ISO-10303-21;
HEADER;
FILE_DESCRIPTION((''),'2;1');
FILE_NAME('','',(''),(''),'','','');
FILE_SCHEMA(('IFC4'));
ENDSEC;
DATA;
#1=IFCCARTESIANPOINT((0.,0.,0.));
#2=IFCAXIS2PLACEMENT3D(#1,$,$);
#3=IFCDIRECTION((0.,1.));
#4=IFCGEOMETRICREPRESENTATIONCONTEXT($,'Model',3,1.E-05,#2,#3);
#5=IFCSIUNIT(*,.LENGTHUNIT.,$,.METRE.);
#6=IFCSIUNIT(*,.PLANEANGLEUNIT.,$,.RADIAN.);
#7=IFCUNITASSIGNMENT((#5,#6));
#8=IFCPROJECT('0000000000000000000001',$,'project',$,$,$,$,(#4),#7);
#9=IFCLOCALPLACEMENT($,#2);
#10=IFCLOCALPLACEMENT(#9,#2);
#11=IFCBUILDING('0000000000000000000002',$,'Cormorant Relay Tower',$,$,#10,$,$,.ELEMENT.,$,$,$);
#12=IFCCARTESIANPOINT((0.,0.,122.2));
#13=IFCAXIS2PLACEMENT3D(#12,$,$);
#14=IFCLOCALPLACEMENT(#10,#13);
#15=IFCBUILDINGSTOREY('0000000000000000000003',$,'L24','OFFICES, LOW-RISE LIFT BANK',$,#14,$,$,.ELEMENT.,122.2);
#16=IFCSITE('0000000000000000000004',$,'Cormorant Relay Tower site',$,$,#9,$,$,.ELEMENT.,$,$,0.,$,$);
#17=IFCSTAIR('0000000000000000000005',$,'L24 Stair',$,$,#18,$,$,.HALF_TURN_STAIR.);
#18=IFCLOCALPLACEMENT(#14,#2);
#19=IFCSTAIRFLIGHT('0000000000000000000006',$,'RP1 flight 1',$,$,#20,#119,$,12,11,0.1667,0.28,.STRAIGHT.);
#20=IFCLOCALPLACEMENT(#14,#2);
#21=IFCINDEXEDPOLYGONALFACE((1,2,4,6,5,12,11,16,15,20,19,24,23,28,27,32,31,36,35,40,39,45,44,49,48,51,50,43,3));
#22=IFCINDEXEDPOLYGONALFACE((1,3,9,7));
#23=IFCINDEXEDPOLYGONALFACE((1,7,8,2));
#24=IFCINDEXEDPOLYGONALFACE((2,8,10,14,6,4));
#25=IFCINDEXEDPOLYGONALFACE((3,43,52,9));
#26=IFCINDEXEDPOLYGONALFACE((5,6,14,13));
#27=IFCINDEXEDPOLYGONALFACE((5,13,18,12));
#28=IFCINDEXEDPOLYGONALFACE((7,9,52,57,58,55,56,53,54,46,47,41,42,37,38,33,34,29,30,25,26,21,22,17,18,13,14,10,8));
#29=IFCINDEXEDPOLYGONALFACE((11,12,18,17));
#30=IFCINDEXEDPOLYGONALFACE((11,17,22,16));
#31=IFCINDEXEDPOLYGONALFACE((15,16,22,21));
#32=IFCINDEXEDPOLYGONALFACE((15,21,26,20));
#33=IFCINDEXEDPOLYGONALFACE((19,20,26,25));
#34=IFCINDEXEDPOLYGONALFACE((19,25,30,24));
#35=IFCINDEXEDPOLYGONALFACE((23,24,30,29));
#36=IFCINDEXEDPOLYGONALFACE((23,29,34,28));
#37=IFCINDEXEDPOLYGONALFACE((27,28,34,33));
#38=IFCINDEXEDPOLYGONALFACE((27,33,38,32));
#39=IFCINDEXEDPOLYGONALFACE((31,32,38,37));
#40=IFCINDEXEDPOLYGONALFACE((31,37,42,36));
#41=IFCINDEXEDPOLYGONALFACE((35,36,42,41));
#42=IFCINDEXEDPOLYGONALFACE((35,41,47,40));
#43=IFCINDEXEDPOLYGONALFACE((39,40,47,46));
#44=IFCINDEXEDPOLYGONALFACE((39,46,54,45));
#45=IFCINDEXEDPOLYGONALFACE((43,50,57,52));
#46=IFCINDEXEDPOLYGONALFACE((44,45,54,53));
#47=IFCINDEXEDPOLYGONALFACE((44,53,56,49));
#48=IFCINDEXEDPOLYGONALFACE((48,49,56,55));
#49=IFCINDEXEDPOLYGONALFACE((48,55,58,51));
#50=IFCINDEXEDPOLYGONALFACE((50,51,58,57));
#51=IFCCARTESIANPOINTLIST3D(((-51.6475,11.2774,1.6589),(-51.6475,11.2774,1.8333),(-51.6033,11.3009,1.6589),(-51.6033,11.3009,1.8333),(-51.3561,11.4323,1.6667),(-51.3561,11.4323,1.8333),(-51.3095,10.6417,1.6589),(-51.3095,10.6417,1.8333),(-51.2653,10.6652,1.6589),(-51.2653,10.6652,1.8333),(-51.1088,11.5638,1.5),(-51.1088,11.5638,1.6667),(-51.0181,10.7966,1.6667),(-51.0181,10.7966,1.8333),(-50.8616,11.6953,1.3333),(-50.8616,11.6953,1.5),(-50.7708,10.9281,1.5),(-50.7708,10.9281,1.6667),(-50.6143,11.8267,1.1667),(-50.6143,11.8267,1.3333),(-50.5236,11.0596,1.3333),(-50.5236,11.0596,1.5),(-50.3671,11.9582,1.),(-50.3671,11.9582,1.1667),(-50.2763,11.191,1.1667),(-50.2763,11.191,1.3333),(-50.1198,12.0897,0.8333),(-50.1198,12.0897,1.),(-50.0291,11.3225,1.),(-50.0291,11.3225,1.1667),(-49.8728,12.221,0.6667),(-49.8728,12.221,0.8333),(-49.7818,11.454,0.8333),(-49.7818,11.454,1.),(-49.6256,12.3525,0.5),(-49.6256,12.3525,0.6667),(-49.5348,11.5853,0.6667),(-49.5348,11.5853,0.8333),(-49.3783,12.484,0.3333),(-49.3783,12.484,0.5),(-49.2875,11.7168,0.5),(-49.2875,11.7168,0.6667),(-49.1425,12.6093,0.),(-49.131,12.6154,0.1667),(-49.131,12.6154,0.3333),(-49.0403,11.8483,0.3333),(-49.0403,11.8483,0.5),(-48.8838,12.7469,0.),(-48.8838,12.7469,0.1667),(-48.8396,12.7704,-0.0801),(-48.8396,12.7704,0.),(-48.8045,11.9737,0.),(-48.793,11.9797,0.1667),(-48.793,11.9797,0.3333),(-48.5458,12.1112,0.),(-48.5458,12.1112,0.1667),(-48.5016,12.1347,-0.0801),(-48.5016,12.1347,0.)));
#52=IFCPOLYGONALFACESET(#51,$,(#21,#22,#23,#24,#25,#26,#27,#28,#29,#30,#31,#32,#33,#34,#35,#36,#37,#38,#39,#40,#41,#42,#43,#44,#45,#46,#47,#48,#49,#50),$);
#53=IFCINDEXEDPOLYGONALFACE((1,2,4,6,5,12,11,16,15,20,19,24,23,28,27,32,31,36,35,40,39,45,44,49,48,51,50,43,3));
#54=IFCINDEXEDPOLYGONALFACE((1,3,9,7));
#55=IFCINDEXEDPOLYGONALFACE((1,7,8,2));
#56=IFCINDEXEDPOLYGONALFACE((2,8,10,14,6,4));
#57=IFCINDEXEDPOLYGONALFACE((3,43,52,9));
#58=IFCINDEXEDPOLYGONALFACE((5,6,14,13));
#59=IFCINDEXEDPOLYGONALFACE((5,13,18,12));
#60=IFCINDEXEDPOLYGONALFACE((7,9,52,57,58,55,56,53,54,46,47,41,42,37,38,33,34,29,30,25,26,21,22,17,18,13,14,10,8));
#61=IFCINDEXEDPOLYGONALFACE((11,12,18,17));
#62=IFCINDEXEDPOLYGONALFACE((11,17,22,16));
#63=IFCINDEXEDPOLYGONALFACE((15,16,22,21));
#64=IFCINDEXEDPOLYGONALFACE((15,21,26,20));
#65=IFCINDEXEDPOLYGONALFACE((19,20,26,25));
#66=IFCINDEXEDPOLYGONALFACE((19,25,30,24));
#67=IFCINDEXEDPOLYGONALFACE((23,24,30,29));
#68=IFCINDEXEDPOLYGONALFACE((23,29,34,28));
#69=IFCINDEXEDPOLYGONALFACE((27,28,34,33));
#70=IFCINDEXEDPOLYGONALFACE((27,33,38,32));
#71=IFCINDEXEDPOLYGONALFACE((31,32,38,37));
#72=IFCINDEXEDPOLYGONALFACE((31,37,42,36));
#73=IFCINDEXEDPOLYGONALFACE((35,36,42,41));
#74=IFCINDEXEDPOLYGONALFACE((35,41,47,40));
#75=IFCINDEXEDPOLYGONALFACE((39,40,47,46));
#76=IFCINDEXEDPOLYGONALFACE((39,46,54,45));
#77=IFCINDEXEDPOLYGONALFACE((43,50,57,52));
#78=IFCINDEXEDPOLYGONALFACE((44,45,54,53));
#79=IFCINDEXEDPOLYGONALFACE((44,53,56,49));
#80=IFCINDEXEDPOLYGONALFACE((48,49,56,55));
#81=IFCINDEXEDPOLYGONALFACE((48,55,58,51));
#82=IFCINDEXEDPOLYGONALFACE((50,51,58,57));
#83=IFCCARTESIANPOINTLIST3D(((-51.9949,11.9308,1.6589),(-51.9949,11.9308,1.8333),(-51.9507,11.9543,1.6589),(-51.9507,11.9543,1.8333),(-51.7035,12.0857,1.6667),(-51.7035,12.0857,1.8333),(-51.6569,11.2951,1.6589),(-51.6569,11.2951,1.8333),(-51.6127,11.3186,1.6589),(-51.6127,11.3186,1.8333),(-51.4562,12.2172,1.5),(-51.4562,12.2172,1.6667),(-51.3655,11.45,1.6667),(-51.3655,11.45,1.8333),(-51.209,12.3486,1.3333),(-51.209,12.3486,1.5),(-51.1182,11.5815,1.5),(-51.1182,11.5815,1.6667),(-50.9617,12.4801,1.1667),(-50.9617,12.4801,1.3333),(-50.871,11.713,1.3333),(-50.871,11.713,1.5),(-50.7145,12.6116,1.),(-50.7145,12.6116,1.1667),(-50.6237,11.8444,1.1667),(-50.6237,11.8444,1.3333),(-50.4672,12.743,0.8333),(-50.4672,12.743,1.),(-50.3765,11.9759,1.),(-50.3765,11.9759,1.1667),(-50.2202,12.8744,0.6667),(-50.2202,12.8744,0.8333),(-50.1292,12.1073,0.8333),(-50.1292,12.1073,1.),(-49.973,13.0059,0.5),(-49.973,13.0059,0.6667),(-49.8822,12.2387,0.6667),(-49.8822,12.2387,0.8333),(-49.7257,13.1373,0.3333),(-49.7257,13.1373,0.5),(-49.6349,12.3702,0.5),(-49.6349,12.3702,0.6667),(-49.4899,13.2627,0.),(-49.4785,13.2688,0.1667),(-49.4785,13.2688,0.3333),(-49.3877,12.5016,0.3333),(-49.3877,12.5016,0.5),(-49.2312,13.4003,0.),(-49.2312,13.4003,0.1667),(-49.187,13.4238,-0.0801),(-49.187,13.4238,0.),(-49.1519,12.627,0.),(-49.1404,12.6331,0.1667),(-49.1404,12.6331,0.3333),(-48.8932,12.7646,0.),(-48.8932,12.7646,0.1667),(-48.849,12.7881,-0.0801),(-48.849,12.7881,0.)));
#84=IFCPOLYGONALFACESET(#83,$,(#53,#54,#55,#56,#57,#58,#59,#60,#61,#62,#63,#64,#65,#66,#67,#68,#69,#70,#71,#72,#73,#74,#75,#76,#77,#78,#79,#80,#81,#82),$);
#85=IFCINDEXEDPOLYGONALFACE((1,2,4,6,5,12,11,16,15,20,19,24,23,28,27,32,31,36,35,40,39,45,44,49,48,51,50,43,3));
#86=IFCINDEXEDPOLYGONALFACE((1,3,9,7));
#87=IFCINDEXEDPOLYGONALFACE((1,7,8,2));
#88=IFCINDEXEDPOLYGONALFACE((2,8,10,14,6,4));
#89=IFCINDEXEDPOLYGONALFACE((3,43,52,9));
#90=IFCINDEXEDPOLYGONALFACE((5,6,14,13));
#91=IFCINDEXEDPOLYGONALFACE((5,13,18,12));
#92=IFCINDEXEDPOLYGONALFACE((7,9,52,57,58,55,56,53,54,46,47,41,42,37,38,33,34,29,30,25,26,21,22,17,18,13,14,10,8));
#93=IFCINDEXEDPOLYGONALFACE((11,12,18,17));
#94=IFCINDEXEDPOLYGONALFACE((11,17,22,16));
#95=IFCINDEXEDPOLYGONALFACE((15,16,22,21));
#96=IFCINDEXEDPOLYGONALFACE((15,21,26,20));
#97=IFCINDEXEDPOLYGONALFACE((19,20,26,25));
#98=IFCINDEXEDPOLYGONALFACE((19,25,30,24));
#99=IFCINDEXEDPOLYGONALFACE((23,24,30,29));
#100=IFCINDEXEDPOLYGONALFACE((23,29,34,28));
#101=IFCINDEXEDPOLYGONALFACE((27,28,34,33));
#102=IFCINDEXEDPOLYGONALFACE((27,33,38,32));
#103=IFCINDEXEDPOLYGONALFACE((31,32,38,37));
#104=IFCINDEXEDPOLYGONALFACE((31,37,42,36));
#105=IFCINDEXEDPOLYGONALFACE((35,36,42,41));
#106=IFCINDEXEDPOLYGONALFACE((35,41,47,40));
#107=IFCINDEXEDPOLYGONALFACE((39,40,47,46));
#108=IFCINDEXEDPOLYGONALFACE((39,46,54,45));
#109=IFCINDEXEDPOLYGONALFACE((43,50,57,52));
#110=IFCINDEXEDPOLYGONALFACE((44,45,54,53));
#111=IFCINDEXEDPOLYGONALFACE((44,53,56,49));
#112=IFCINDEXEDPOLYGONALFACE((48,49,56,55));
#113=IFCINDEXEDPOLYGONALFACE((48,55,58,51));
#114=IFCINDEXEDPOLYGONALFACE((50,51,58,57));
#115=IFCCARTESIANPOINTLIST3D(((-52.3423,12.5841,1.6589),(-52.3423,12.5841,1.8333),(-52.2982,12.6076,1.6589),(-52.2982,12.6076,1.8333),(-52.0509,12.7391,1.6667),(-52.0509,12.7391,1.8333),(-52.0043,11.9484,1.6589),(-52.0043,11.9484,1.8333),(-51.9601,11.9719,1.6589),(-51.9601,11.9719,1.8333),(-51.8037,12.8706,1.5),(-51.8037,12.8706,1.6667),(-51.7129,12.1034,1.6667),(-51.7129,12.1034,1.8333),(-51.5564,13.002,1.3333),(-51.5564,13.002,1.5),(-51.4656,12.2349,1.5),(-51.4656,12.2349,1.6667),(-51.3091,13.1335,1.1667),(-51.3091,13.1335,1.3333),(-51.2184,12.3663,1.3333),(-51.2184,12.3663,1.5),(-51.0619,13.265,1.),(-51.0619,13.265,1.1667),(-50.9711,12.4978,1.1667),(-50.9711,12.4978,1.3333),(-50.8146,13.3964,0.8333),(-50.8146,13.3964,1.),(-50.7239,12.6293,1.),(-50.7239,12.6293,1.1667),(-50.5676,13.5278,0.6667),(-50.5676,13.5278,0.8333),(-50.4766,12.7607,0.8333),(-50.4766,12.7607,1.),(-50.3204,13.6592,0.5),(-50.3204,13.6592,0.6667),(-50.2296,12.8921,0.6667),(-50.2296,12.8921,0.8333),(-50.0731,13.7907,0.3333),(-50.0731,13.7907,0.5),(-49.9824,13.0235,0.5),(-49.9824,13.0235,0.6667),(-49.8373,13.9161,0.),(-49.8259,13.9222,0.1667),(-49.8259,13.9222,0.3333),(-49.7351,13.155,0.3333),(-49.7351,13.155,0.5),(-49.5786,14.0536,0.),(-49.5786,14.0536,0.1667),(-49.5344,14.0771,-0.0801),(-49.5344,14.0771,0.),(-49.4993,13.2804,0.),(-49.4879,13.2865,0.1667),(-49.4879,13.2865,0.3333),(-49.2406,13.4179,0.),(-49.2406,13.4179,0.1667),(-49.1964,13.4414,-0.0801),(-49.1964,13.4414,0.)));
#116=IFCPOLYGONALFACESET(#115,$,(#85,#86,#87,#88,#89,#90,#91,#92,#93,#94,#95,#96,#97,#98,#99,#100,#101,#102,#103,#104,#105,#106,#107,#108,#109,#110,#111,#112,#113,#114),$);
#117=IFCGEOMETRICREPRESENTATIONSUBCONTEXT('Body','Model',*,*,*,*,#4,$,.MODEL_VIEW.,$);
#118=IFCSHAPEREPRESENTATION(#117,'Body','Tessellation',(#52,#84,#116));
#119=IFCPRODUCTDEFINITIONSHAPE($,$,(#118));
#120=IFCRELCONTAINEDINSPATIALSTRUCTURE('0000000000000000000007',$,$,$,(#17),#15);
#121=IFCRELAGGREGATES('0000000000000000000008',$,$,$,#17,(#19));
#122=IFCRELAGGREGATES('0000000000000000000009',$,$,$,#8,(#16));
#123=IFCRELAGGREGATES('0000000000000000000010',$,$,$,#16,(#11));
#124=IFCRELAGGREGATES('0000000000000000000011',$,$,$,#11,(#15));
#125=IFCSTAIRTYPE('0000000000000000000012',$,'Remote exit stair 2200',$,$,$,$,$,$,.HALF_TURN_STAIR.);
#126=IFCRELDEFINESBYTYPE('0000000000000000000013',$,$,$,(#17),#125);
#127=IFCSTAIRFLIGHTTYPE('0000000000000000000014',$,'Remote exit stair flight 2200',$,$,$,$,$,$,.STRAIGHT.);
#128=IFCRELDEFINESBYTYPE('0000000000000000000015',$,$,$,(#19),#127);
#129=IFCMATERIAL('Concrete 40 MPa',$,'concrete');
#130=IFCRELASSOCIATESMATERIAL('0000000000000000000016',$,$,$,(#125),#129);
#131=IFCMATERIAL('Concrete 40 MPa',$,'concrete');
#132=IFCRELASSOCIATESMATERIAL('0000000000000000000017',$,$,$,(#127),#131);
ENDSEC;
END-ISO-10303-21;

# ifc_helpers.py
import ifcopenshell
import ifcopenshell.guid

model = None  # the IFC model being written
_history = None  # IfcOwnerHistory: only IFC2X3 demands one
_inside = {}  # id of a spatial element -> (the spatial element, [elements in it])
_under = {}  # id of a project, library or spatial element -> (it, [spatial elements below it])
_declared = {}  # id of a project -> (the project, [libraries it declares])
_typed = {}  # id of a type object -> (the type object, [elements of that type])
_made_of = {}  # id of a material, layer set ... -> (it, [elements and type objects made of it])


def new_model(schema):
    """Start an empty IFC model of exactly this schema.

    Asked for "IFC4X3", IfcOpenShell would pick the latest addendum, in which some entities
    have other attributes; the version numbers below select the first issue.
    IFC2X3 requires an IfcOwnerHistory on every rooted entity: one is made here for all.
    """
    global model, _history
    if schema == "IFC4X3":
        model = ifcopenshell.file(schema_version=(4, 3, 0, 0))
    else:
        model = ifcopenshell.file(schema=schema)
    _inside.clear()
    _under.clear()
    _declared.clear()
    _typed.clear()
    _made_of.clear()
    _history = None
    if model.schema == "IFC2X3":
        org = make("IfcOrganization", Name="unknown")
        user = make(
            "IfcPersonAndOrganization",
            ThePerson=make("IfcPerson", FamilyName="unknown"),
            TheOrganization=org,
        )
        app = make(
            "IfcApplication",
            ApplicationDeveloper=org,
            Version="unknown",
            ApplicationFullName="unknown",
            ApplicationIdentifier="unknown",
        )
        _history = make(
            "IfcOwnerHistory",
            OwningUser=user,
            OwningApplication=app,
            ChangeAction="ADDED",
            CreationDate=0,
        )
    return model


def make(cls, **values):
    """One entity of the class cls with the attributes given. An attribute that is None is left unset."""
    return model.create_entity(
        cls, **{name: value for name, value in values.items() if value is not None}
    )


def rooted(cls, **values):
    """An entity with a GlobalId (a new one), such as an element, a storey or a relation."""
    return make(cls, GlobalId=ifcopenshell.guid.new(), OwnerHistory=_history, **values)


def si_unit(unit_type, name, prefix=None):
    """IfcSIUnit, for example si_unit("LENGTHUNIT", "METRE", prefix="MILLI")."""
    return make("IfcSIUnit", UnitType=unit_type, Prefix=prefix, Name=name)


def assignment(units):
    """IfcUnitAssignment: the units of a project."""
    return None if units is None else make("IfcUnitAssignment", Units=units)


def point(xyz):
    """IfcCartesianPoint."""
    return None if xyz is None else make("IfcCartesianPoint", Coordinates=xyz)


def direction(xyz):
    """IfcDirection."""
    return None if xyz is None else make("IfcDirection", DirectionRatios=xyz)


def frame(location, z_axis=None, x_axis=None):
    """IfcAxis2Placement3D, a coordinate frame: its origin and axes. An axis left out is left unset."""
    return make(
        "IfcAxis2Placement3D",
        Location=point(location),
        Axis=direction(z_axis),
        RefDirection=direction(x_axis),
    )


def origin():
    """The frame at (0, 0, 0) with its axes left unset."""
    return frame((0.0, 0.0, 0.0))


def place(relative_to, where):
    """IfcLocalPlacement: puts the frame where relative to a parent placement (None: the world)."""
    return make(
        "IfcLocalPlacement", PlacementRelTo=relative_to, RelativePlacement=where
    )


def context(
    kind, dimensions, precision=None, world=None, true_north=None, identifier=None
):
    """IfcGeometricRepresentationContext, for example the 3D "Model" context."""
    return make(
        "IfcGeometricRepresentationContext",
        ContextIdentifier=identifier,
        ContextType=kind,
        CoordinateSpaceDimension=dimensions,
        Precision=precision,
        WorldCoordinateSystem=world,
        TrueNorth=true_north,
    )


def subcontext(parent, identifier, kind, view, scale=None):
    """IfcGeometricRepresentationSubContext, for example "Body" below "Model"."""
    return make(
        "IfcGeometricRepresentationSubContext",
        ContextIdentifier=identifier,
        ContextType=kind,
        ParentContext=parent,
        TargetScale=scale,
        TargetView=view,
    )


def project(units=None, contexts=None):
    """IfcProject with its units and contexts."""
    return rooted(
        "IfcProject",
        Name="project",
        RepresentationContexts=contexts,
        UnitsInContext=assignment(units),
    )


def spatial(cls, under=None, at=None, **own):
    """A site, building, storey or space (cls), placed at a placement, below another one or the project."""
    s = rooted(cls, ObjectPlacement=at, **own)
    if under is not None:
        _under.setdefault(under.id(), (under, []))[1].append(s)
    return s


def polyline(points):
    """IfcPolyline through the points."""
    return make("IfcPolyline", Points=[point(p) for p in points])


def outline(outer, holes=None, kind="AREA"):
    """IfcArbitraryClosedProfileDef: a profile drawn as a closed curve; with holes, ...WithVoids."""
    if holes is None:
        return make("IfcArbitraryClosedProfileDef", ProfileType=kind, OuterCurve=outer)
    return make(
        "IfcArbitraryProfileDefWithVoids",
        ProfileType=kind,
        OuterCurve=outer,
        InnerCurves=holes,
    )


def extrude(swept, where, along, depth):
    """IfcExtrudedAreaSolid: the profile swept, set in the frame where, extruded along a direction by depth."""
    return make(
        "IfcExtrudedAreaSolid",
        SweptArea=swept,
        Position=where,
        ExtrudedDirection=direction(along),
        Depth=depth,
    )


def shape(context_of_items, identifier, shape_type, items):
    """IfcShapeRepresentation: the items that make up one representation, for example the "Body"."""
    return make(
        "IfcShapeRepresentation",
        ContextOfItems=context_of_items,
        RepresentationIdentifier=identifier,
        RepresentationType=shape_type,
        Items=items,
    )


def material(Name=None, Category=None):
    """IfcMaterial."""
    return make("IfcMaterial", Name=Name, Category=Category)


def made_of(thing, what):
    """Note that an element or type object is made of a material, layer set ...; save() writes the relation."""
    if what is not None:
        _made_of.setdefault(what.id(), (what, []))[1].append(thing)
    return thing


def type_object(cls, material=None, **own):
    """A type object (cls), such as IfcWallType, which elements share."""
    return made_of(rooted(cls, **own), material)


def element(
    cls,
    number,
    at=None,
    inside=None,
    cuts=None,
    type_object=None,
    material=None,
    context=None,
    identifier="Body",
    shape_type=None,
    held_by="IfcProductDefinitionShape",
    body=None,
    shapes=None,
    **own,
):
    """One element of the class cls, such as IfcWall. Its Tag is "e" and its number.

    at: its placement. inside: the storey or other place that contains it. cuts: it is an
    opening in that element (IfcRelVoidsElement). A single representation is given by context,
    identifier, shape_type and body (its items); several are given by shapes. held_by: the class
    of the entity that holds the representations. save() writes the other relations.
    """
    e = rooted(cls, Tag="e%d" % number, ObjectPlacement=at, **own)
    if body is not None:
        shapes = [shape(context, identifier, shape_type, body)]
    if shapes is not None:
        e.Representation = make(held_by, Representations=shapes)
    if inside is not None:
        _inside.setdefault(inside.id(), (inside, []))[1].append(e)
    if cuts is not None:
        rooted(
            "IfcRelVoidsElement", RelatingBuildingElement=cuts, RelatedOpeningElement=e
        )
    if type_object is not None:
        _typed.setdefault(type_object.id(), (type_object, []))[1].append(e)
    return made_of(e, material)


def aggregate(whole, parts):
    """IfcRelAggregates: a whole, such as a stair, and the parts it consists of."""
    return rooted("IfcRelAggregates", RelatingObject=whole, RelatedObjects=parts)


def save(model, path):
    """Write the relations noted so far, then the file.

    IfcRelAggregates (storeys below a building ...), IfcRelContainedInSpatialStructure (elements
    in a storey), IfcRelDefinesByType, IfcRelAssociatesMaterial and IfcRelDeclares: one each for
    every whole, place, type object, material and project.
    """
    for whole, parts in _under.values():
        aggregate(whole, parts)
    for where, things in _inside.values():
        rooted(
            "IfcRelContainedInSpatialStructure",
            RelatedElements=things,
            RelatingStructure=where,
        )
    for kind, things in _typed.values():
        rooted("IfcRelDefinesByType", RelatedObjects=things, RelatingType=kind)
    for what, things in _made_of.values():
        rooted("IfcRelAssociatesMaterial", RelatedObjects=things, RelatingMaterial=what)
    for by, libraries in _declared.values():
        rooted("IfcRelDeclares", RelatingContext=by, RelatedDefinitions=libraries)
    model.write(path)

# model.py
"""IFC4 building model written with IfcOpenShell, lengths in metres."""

from ifc_helpers import new_model, si_unit, direction, frame, origin, place, context, subcontext, project, spatial, polyline, outline, extrude, material, type_object, element, aggregate, save


model = new_model("IFC4")

# Units and contexts
model_context = context("Model", 3, precision=1e-05, world=origin(), true_north=direction((0.0, 1.0)))
body_context = subcontext(model_context, "Body", "Model", "MODEL_VIEW")
ifc_project = project(units=[si_unit("LENGTHUNIT", "METRE"), si_unit("PLANEANGLEUNIT", "RADIAN")], contexts=[model_context])

# Site, building, storey
site_placement = place(None, origin())
site = spatial("IfcSite", under=ifc_project, at=site_placement, Name="Cormorant Relay Tower site", CompositionType="ELEMENT", RefElevation=0.0)
building_placement = place(site_placement, origin())
building = spatial("IfcBuilding", under=site, at=building_placement, Name="Cormorant Relay Tower", CompositionType="ELEMENT")
storey_placement = place(building_placement, frame((0.0, 0.0, 122.2)))
storey = spatial("IfcBuildingStorey", under=building, at=storey_placement, Name="L24", Description="OFFICES, LOW-RISE LIFT BANK", CompositionType="ELEMENT", Elevation=122.2)

# Stair, stair flight
ifc_material_1 = material(Name="Concrete 40 MPa", Category="concrete")
stair_type = type_object("IfcStairType", Name="Remote exit stair 2200", PredefinedType="HALF_TURN_STAIR", material=ifc_material_1)
stair_placement = place(storey_placement, origin())
stair = element("IfcStair", 1, at=stair_placement, inside=storey, type_object=stair_type, Name="L24 Stair", PredefinedType="HALF_TURN_STAIR")
ifc_material_2 = material(Name="Concrete 40 MPa", Category="concrete")
stair_flight_type = type_object("IfcStairFlightType", Name="Remote exit stair flight 2200", PredefinedType="STRAIGHT", material=ifc_material_2)
stair_flight_1_placement = place(storey_placement, frame((-49.0623, 13.0825, 0.0), z_axis=(0.0, 0.0, 1.0), x_axis=(-0.882948, -0.469472, 0.0)))
stair_flight_1 = element("IfcStairFlight", 2, at=stair_flight_1_placement, type_object=stair_flight_type, Name="RP1 flight 1", NumberOfRisers=12, NumberOfTreads=11, PredefinedType="STRAIGHT", RiserHeight=0.1667, TreadLength=0.28, context=body_context, shape_type="SweptSolid", body=[
    extrude(outline(polyline([(-0.05, -0.0801), (-0.05, 0.0), (0.0, 0.0), (0.0, 0.1667), (0.28, 0.1667), (0.28, 0.3333), (0.5601, 0.3333), (0.5601, 0.5), (0.8401, 0.5), (0.8401, 0.6667), (1.1201, 0.6667), (1.1201, 0.8333), (1.3999, 0.8333), (1.3999, 1.0), (1.6799, 1.0), (1.6799, 1.1667), (1.96, 1.1667), (1.96, 1.3333), (2.24, 1.3333), (2.24, 1.5), (2.52, 1.5), (2.52, 1.6667), (2.8, 1.6667), (2.8, 1.8333), (3.0801, 1.8333), (3.1301, 1.8333), (3.1301, 1.6589), (3.0801, 1.6589), (0.293, 0.0), (-0.05, -0.0801)])), frame((0.0, 1.1001, 0.0), z_axis=(0.0, -1.0, 0.0), x_axis=(1.0, 0.0, 0.0)), (0.0, 0.0, 1.0), 0.72),
    extrude(outline(polyline([(-0.05, -0.0801), (-0.05, 0.0), (0.0, 0.0), (0.0, 0.1667), (0.28, 0.1667), (0.28, 0.3333), (0.5601, 0.3333), (0.5601, 0.5), (0.8401, 0.5), (0.8401, 0.6667), (1.1201, 0.6667), (1.1201, 0.8333), (1.3999, 0.8333), (1.3999, 1.0), (1.6799, 1.0), (1.6799, 1.1667), (1.96, 1.1667), (1.96, 1.3333), (2.24, 1.3333), (2.24, 1.5), (2.52, 1.5), (2.52, 1.6667), (2.8, 1.6667), (2.8, 1.8333), (3.0801, 1.8333), (3.1301, 1.8333), (3.1301, 1.6589), (3.0801, 1.6589), (0.293, 0.0), (-0.05, -0.0801)])), frame((0.0, 0.3601, 0.0), z_axis=(0.0, -1.0, 0.0), x_axis=(1.0, 0.0, 0.0)), (0.0, 0.0, 1.0), 0.72),
    extrude(outline(polyline([(-0.05, -0.0801), (-0.05, 0.0), (0.0, 0.0), (0.0, 0.1667), (0.28, 0.1667), (0.28, 0.3333), (0.5601, 0.3333), (0.5601, 0.5), (0.8401, 0.5), (0.8401, 0.6667), (1.1201, 0.6667), (1.1201, 0.8333), (1.3999, 0.8333), (1.3999, 1.0), (1.6799, 1.0), (1.6799, 1.1667), (1.96, 1.1667), (1.96, 1.3333), (2.24, 1.3333), (2.24, 1.5), (2.52, 1.5), (2.52, 1.6667), (2.8, 1.6667), (2.8, 1.8333), (3.0801, 1.8333), (3.1301, 1.8333), (3.1301, 1.6589), (3.0801, 1.6589), (0.293, 0.0), (-0.05, -0.0801)])), frame((0.0, -0.3799, 0.0), z_axis=(0.0, -1.0, 0.0), x_axis=(1.0, 0.0, 0.0)), (0.0, 0.0, 1.0), 0.72),
])
aggregate(stair, [stair_flight_1])

save(model, "model.ifc")
